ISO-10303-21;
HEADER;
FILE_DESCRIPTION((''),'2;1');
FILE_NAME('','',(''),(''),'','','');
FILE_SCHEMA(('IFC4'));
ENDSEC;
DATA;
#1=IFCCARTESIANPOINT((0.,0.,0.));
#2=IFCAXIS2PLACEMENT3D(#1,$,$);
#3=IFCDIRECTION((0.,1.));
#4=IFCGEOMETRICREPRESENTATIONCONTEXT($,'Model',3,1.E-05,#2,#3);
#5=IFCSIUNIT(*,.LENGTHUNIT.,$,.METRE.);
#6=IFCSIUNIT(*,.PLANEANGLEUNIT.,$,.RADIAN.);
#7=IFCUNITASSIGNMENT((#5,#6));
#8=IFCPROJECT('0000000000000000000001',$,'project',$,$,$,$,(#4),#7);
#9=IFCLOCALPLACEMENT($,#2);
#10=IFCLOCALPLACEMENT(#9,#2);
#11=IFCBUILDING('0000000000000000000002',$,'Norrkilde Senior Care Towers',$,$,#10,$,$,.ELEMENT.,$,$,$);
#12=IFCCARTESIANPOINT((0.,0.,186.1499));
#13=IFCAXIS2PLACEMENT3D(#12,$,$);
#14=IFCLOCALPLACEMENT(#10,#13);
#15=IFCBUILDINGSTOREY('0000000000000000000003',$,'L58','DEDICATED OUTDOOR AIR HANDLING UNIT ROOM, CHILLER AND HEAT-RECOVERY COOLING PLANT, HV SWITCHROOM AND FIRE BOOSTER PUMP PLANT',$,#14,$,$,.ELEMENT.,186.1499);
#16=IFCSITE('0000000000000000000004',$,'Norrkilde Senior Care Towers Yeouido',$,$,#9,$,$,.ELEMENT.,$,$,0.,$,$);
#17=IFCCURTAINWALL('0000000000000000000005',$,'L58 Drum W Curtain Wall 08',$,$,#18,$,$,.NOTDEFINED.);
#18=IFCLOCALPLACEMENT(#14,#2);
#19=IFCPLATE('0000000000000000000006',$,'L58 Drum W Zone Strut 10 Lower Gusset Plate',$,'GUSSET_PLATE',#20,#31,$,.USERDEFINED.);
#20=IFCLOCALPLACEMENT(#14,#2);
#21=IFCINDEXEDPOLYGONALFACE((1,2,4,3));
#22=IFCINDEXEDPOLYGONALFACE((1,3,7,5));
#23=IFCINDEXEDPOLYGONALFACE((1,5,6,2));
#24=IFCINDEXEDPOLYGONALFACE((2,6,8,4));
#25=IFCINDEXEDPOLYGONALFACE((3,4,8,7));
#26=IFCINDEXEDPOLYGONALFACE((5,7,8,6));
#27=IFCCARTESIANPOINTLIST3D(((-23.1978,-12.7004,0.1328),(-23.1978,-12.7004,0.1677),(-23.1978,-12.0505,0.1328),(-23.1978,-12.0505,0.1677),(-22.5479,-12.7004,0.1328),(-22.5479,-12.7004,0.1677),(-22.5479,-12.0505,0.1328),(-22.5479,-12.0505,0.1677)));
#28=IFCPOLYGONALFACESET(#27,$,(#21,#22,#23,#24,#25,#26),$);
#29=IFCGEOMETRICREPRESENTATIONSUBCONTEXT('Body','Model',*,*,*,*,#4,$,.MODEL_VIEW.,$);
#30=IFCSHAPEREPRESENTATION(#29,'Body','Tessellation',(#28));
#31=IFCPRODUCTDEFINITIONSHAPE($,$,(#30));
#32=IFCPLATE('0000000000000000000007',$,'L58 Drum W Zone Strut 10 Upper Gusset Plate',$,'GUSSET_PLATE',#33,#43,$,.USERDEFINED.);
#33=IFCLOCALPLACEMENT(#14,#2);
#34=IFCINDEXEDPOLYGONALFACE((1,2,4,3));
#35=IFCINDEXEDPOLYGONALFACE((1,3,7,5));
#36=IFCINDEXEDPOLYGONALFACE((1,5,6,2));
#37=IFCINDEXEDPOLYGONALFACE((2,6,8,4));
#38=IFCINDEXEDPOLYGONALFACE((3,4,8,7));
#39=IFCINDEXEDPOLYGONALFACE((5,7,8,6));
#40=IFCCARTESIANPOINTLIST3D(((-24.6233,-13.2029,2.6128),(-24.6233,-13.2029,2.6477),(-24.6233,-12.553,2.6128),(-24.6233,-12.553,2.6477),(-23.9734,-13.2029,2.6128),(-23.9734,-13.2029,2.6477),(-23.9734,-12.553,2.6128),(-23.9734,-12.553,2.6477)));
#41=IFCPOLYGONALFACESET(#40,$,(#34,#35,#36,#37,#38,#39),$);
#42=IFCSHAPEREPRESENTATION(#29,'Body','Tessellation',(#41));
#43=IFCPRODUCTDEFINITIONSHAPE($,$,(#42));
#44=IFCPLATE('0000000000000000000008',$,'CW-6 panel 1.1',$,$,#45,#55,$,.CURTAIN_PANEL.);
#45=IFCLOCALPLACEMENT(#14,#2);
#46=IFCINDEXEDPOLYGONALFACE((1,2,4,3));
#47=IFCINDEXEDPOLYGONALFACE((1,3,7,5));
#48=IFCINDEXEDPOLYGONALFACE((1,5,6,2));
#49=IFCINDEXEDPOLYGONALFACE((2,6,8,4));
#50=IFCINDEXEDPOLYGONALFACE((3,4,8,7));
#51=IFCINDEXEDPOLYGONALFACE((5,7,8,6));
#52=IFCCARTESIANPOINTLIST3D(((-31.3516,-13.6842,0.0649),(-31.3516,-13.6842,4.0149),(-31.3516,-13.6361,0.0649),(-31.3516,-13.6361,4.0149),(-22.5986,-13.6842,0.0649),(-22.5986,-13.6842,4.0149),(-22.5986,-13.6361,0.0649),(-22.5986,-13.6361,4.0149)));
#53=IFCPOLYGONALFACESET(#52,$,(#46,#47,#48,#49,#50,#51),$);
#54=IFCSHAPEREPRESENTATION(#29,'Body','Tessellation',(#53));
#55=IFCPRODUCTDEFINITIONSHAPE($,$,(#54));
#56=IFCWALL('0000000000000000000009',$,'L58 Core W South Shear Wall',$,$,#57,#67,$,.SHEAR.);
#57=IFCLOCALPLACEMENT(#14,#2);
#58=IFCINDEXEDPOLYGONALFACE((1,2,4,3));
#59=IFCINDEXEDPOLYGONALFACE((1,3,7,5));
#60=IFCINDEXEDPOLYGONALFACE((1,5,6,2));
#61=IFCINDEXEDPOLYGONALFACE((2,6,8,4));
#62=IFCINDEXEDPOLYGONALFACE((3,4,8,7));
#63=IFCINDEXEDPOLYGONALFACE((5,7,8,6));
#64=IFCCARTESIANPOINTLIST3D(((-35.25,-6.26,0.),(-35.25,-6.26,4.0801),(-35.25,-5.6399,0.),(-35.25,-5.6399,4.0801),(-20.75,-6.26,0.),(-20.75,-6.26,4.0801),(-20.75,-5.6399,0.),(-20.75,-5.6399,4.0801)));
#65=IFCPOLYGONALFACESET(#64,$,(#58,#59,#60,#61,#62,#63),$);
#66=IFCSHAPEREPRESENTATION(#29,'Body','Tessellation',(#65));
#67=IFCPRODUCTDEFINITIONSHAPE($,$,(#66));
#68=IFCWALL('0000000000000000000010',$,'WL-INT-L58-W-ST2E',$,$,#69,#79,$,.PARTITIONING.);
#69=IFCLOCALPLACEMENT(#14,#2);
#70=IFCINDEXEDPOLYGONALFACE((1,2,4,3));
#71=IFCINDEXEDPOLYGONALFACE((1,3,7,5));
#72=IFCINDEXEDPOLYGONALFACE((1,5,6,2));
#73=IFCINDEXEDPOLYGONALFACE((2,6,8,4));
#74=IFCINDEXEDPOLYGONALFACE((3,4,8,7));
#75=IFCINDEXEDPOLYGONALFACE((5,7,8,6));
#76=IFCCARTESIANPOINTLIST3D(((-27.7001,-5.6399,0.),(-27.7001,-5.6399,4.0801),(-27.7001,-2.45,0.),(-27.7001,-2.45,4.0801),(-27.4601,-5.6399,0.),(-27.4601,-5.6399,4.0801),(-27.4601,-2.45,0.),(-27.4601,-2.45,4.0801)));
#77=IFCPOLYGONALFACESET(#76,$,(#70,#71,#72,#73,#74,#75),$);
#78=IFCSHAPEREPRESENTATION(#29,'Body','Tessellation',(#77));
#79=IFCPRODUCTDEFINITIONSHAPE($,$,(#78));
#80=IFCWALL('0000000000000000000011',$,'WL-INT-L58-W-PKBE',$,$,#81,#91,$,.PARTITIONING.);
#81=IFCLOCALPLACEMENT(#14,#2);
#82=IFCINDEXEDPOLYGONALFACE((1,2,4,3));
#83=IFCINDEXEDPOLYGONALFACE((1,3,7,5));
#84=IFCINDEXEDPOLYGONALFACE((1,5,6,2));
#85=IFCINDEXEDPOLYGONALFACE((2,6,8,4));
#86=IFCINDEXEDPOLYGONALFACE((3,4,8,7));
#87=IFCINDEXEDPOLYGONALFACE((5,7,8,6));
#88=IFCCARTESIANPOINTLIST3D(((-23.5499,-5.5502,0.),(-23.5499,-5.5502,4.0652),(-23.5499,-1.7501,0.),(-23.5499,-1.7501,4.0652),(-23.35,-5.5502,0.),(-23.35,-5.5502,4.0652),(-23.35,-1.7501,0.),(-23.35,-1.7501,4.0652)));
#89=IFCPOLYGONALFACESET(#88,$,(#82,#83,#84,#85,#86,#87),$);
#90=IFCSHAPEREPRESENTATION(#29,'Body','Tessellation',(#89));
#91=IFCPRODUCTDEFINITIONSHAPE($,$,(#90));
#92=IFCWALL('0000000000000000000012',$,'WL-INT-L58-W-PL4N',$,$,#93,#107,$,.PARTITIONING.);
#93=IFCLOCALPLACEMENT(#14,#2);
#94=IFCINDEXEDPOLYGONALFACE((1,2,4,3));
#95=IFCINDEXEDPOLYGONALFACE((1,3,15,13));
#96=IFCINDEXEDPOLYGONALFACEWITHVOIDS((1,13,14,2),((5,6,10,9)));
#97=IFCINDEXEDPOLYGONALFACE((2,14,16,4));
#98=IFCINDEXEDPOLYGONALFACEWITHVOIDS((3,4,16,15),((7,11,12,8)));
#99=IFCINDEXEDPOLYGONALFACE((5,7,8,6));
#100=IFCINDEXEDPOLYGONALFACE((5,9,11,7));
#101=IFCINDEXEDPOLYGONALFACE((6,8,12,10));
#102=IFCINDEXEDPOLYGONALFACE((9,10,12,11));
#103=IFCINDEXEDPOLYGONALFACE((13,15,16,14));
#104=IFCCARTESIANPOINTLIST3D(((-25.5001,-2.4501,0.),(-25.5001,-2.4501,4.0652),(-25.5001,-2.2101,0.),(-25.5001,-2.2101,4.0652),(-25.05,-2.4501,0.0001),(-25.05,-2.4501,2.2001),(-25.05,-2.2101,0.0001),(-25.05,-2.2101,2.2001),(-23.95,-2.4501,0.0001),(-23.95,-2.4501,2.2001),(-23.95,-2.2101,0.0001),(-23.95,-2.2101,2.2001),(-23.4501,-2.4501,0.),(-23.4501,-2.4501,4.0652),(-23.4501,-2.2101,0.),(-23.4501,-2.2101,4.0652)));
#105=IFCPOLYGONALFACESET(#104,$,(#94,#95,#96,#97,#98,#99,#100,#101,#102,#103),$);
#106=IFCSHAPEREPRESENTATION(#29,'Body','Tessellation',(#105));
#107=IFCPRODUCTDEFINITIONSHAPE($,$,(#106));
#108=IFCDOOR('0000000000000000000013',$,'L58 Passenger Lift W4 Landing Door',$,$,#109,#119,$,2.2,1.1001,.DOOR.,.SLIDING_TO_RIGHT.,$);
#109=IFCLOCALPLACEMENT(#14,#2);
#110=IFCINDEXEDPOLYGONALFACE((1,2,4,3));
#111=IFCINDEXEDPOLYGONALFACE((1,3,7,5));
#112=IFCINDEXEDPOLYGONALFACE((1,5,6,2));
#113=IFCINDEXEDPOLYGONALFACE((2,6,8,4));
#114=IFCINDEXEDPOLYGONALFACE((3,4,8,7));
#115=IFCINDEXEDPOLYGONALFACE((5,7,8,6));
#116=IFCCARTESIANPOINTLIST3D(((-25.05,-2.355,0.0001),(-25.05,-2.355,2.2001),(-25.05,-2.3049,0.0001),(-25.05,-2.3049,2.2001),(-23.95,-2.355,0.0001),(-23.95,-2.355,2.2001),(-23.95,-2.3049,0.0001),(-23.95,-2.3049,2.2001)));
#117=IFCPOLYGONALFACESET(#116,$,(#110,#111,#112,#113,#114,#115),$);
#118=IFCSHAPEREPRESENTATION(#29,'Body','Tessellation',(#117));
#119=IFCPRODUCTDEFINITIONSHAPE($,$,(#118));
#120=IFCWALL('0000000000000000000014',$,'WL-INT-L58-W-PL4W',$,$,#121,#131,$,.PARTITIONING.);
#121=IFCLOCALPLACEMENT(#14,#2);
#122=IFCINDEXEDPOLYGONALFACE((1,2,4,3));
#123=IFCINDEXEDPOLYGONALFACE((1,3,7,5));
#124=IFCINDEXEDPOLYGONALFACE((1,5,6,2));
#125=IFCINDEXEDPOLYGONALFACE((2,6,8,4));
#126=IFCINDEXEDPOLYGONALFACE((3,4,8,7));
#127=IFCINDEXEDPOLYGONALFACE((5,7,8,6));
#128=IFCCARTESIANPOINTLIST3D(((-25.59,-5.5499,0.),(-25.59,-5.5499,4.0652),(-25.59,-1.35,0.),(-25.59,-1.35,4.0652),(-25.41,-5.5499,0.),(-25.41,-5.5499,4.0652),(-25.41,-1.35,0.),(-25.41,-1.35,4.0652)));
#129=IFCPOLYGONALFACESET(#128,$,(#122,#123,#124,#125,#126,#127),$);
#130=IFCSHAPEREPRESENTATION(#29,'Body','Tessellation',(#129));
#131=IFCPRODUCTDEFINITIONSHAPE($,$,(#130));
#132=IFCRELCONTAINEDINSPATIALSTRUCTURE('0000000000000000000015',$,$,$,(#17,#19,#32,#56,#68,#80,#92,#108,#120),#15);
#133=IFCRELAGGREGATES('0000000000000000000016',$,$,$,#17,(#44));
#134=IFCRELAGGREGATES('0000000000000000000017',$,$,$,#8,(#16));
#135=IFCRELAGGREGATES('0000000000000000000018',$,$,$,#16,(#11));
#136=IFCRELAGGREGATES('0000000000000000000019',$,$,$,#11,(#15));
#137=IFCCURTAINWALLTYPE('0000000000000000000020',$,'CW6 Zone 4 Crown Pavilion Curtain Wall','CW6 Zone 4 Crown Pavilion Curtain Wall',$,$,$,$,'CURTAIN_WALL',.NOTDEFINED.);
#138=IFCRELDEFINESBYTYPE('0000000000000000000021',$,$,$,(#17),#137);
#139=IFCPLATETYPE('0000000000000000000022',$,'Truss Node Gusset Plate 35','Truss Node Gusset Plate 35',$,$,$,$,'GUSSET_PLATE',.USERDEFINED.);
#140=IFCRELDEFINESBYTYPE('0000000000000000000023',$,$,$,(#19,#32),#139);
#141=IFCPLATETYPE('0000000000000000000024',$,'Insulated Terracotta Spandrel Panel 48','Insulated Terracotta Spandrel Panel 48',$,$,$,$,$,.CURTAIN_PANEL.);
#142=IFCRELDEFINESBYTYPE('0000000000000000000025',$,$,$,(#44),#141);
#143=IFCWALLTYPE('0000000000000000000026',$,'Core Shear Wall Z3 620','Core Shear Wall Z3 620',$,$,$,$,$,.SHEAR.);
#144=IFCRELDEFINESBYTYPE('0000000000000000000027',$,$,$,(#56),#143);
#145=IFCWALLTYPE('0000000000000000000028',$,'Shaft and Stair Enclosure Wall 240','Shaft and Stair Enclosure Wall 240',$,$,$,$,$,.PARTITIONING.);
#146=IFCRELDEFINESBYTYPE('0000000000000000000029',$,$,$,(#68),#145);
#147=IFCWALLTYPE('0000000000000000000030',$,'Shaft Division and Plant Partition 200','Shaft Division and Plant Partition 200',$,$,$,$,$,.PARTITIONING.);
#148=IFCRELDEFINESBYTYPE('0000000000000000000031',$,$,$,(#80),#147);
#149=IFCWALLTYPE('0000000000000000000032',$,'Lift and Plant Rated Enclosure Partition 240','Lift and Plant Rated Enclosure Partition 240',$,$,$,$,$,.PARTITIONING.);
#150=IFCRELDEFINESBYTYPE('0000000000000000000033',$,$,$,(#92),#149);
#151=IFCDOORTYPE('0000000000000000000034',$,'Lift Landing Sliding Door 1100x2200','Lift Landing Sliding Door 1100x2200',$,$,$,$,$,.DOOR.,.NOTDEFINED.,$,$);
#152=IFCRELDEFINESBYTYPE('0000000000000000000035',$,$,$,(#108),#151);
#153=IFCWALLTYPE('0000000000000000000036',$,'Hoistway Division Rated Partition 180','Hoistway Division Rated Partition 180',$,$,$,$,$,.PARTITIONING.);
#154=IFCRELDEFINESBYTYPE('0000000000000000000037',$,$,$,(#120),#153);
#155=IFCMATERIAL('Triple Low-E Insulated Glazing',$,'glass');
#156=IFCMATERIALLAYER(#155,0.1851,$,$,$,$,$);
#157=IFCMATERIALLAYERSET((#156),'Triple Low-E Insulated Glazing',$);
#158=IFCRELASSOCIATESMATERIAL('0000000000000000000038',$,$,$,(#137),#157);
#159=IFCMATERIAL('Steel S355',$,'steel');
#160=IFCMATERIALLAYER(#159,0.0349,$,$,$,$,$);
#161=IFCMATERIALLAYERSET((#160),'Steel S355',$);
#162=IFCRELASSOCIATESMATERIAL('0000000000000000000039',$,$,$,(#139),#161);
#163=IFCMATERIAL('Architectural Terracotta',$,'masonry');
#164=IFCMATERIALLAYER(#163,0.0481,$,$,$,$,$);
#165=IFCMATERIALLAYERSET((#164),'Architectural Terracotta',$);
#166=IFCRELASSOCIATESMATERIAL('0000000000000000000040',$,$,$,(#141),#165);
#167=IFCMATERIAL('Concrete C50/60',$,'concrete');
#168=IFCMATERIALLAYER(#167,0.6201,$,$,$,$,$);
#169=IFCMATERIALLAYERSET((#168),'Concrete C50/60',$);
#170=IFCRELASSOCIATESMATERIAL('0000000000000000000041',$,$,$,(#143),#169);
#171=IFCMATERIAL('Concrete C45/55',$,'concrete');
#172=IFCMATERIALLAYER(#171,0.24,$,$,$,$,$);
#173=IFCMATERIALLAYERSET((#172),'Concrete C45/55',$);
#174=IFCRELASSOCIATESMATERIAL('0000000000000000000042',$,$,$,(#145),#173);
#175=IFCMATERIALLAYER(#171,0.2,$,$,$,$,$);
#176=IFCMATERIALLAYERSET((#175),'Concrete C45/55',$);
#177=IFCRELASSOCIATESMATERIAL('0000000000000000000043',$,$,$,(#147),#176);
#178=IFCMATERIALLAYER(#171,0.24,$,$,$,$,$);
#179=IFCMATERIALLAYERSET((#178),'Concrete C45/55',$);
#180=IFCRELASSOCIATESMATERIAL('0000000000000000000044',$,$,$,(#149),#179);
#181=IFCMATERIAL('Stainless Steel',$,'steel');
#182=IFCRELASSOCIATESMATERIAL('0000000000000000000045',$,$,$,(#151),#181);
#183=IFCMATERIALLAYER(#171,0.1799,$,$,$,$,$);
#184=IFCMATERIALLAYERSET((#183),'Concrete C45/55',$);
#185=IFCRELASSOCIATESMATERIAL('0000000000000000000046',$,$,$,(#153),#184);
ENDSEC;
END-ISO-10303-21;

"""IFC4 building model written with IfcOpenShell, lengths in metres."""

from ifc_helpers import new_model, si_unit, direction, frame, frame_2d, origin, origin_2d, place, context, subcontext, project, spatial, rectangle, extrude, source, transform, mapped, material, layer, layer_set, type_object, type_shapes, element, fill, aggregate, save


model = new_model("IFC4")

# Units and contexts
model_context = context("Model", 3, precision=1e-05, world=origin(), true_north=direction((0.0, 1.0)))
body_context = subcontext(model_context, "Body", "Model", "MODEL_VIEW")
ifc_project = project(units=[si_unit("LENGTHUNIT", "METRE"), si_unit("PLANEANGLEUNIT", "RADIAN")], contexts=[model_context])

# Site, building, storey
site_placement = place(None, origin())
site = spatial("IfcSite", under=ifc_project, at=site_placement, Name="Norrkilde Senior Care Towers Yeouido", CompositionType="ELEMENT", RefElevation=0.0)
building_placement = place(site_placement, origin())
building = spatial("IfcBuilding", under=site, at=building_placement, Name="Norrkilde Senior Care Towers", CompositionType="ELEMENT")
storey_placement = place(building_placement, frame((0.0, 0.0, 186.1499)))
storey = spatial("IfcBuildingStorey", under=building, at=storey_placement, Name="L58", Description="DEDICATED OUTDOOR AIR HANDLING UNIT ROOM, CHILLER AND HEAT-RECOVERY COOLING PLANT, HV SWITCHROOM AND FIRE BOOSTER PUMP PLANT", CompositionType="ELEMENT", Elevation=186.1499)

# Shared definitions
ifc_material_1 = material(Name="Concrete C50/60", Category="concrete")

# Shared definitions
ifc_material_2 = material(Name="Steel S355", Category="steel")

# Curtain wall
ifc_material_3 = material(Name="Triple Low-E Insulated Glazing", Category="glass")
ifc_layer_1 = layer(ifc_material_3, 0.1851)
ifc_layer_set_1 = layer_set([ifc_layer_1], Name="Triple Low-E Insulated Glazing")
curtain_wall_type = type_object("IfcCurtainWallType", Name="CW6 Zone 4 Crown Pavilion Curtain Wall", Description="CW6 Zone 4 Crown Pavilion Curtain Wall", ElementType="CURTAIN_WALL", PredefinedType="NOTDEFINED", material=ifc_layer_set_1)
curtain_wall_1_placement = place(storey_placement, origin())
curtain_wall_1 = element("IfcCurtainWall", 1, at=curtain_wall_1_placement, inside=storey, type_object=curtain_wall_type, Name="L58 Drum W Curtain Wall 08", PredefinedType="NOTDEFINED")

# Plates
ifc_layer_2 = layer(ifc_material_2, 0.0349)
ifc_layer_set_2 = layer_set([ifc_layer_2], Name="Steel S355")
plate_type_1 = type_object("IfcPlateType", Name="Truss Node Gusset Plate 35", Description="Truss Node Gusset Plate 35", ElementType="GUSSET_PLATE", PredefinedType="USERDEFINED", material=ifc_layer_set_2)
shared_shape_1 = source(origin(), body_context, "Body", "SweptSolid", [
    extrude(rectangle(XDim=0.6499, YDim=0.6499, at=origin_2d()), origin(), (0.0, 0.0, 1.0), 0.0349),
])
type_shapes(plate_type_1, [shared_shape_1])
for number, where, z_axis, x_axis, name in (
    (2, (-22.8728, -12.3755, 0.1328), (0.0, 0.0, 1.0), (1.0, 0.0, 0.0), "L58 Drum W Zone Strut 10 Lower Gusset Plate"),
    (3, (-24.2983, -12.8779, 2.6128), (0.0, 0.0, 1.0), (1.0, 0.0, 0.0), "L58 Drum W Zone Strut 10 Upper Gusset Plate"),
):
    element("IfcPlate", number, at=place(storey_placement, frame(where, z_axis=z_axis, x_axis=x_axis)), inside=storey, type_object=plate_type_1, Name=name, ObjectType="GUSSET_PLATE", PredefinedType="USERDEFINED", context=body_context, shape_type="MappedRepresentation", body=[
        mapped(shared_shape_1, transform((0.0, 0.0, 0.0), x_axis=(1.0, 0.0, 0.0), y_axis=(0.0, 1.0, 0.0), z_axis=(0.0, 0.0, 1.0), scale=1.0)),
    ])

# Plate
ifc_material_4 = material(Name="Architectural Terracotta", Category="masonry")
ifc_layer_3 = layer(ifc_material_4, 0.0481)
ifc_layer_set_3 = layer_set([ifc_layer_3], Name="Architectural Terracotta")
plate_type_2 = type_object("IfcPlateType", Name="Insulated Terracotta Spandrel Panel 48", Description="Insulated Terracotta Spandrel Panel 48", PredefinedType="CURTAIN_PANEL", material=ifc_layer_set_3)
shared_shape_2 = source(origin(), body_context, "Body", "SweptSolid", [
    extrude(rectangle(XDim=8.7529, YDim=0.0481, at=origin_2d()), origin(), (0.0, 0.0, 1.0), 3.95),
])
type_shapes(plate_type_2, [shared_shape_2])
plate_placement = place(storey_placement, frame((-26.9751, -13.6602, 0.0649), z_axis=(0.0, 0.0, 1.0), x_axis=(-1.0, 0.0, 0.0)))
plate = element("IfcPlate", 4, at=plate_placement, type_object=plate_type_2, Name="CW-6 panel 1.1", PredefinedType="CURTAIN_PANEL", context=body_context, shape_type="MappedRepresentation", body=[
    mapped(shared_shape_2, transform((0.0, 0.0, 0.0), x_axis=(1.0, 0.0, 0.0), y_axis=(0.0, 1.0, 0.0), z_axis=(0.0, 0.0, 1.0), scale=1.0)),
])
aggregate(curtain_wall_1, [plate])

# Walls
ifc_layer_4 = layer(ifc_material_1, 0.6201)
ifc_layer_set_4 = layer_set([ifc_layer_4], Name="Concrete C50/60")
wall_type_1 = type_object("IfcWallType", Name="Core Shear Wall Z3 620", Description="Core Shear Wall Z3 620", PredefinedType="SHEAR", material=ifc_layer_set_4)
shared_shape_3 = source(origin(), body_context, "Body", "SweptSolid", [
    extrude(rectangle(XDim=14.5, YDim=0.6201, at=frame_2d((7.25, 0.0))), origin(), (0.0, 0.0, 1.0), 4.0801),
])
type_shapes(wall_type_1, [shared_shape_3])
wall_1_placement = place(storey_placement, frame((-20.75, -5.95, 0.0), z_axis=(0.0, 0.0, 1.0), x_axis=(-1.0, 0.0, 0.0)))
element("IfcWall", 5, at=wall_1_placement, inside=storey, type_object=wall_type_1, Name="L58 Core W South Shear Wall", PredefinedType="SHEAR", context=body_context, shape_type="MappedRepresentation", body=[
    mapped(shared_shape_3, transform((0.0, 0.0, 0.0), x_axis=(1.0, 0.0, 0.0), y_axis=(0.0, 1.0, 0.0), z_axis=(0.0, 0.0, 1.0), scale=1.0)),
])
ifc_material_5 = material(Name="Concrete C45/55", Category="concrete")
ifc_layer_5 = layer(ifc_material_5, 0.24)
ifc_layer_set_5 = layer_set([ifc_layer_5], Name="Concrete C45/55")
wall_type_2 = type_object("IfcWallType", Name="Shaft and Stair Enclosure Wall 240", Description="Shaft and Stair Enclosure Wall 240", PredefinedType="PARTITIONING", material=ifc_layer_set_5)
shared_shape_4 = source(origin(), body_context, "Body", "SweptSolid", [
    extrude(rectangle(XDim=3.1899, YDim=0.24, at=frame_2d((1.595, 0.0))), origin(), (0.0, 0.0, 1.0), 4.0801),
])
type_shapes(wall_type_2, [shared_shape_4])
wall_2_placement = place(storey_placement, frame((-27.5801, -5.6399, 0.0), z_axis=(0.0, 0.0, 1.0), x_axis=(0.0, 1.0, 0.0)))
element("IfcWall", 6, at=wall_2_placement, inside=storey, type_object=wall_type_2, Name="WL-INT-L58-W-ST2E", PredefinedType="PARTITIONING", context=body_context, shape_type="MappedRepresentation", body=[
    mapped(shared_shape_4, transform((0.0, 0.0, 0.0), x_axis=(1.0, 0.0, 0.0), y_axis=(0.0, 1.0, 0.0), z_axis=(0.0, 0.0, 1.0), scale=1.0)),
])
ifc_layer_6 = layer(ifc_material_5, 0.2)
ifc_layer_set_6 = layer_set([ifc_layer_6], Name="Concrete C45/55")
wall_type_3 = type_object("IfcWallType", Name="Shaft Division and Plant Partition 200", Description="Shaft Division and Plant Partition 200", PredefinedType="PARTITIONING", material=ifc_layer_set_6)
shared_shape_5 = source(origin(), body_context, "Body", "SweptSolid", [
    extrude(rectangle(XDim=3.8, YDim=0.2, at=frame_2d((1.8999, 0.0))), origin(), (0.0, 0.0, 1.0), 4.0652),
])
type_shapes(wall_type_3, [shared_shape_5])
wall_3_placement = place(storey_placement, frame((-23.45, -5.55, 0.0), z_axis=(0.0, 0.0, 1.0), x_axis=(0.0, 1.0, 0.0)))
element("IfcWall", 7, at=wall_3_placement, inside=storey, type_object=wall_type_3, Name="WL-INT-L58-W-PKBE", PredefinedType="PARTITIONING", context=body_context, shape_type="MappedRepresentation", body=[
    mapped(shared_shape_5, transform((0.0, 0.0, 0.0), x_axis=(1.0, 0.0, 0.0), y_axis=(0.0, 1.0, 0.0), z_axis=(0.0, 0.0, 1.0), scale=1.0)),
])

# Wall, opening, door
ifc_layer_7 = layer(ifc_material_5, 0.24)
ifc_layer_set_7 = layer_set([ifc_layer_7], Name="Concrete C45/55")
wall_type_4 = type_object("IfcWallType", Name="Lift and Plant Rated Enclosure Partition 240", Description="Lift and Plant Rated Enclosure Partition 240", PredefinedType="PARTITIONING", material=ifc_layer_set_7)
shared_shape_6 = source(origin(), body_context, "Body", "SweptSolid", [
    extrude(rectangle(XDim=2.05, YDim=0.24, at=frame_2d((1.0249, 0.0))), origin(), (0.0, 0.0, 1.0), 4.0652),
])
type_shapes(wall_type_4, [shared_shape_6])
wall_4_placement = place(storey_placement, frame((-25.5, -2.3301, 0.0), z_axis=(0.0, 0.0, 1.0), x_axis=(1.0, 0.0, 0.0)))
wall_4 = element("IfcWall", 8, at=wall_4_placement, inside=storey, type_object=wall_type_4, Name="WL-INT-L58-W-PL4N", PredefinedType="PARTITIONING", context=body_context, shape_type="MappedRepresentation", body=[
    mapped(shared_shape_6, transform((0.0, 0.0, 0.0), x_axis=(1.0, 0.0, 0.0), y_axis=(0.0, 1.0, 0.0), z_axis=(0.0, 0.0, 1.0), scale=1.0)),
])
opening_1_placement = place(wall_4_placement, frame((0.45, 0.0, 0.0)))
opening_1 = element("IfcOpeningElement", 9, at=opening_1_placement, cuts=wall_4, PredefinedType="OPENING", context=body_context, shape_type="SweptSolid", body=[
    extrude(rectangle(XDim=1.1001, YDim=2.2, at=frame_2d((0.55, 1.1001))), frame((0.0, 0.1299, 0.0), z_axis=(0.0, -1.0, 0.0), x_axis=(1.0, 0.0, 0.0)), (0.0, 0.0, 1.0), 0.26),
])
ifc_material_6 = material(Name="Stainless Steel", Category="steel")
door_type_1 = type_object("IfcDoorType", Name="Lift Landing Sliding Door 1100x2200", Description="Lift Landing Sliding Door 1100x2200", OperationType="NOTDEFINED", PredefinedType="DOOR", material=ifc_material_6)
shared_shape_7 = source(origin(), body_context, "Body", "SweptSolid", [
    extrude(rectangle(XDim=1.1001, YDim=2.2, at=frame_2d((0.55, 1.1001))), frame((0.0, 0.0249, 0.0), z_axis=(0.0, -1.0, 0.0), x_axis=(1.0, 0.0, 0.0)), (0.0, 0.0, 1.0), 0.05),
])
type_shapes(door_type_1, [shared_shape_7])
door_1_placement = place(opening_1_placement, frame((1.1001, 0.0, 0.0), z_axis=(0.0, 0.0, 1.0), x_axis=(-1.0, 0.0, 0.0)))
door_1 = element("IfcDoor", 10, at=door_1_placement, inside=storey, type_object=door_type_1, Name="L58 Passenger Lift W4 Landing Door", OperationType="SLIDING_TO_RIGHT", OverallHeight=2.2, OverallWidth=1.1001, PredefinedType="DOOR", context=body_context, shape_type="MappedRepresentation", body=[
    mapped(shared_shape_7, transform((0.0, 0.0, 0.0), x_axis=(1.0, 0.0, 0.0), y_axis=(0.0, 1.0, 0.0), z_axis=(0.0, 0.0, 1.0), scale=1.0)),
])
fill(opening_1, door_1)

# Wall
ifc_layer_8 = layer(ifc_material_5, 0.1799)
ifc_layer_set_8 = layer_set([ifc_layer_8], Name="Concrete C45/55")
wall_type_5 = type_object("IfcWallType", Name="Hoistway Division Rated Partition 180", Description="Hoistway Division Rated Partition 180", PredefinedType="PARTITIONING", material=ifc_layer_set_8)
shared_shape_8 = source(origin(), body_context, "Body", "SweptSolid", [
    extrude(rectangle(XDim=4.2, YDim=0.1799, at=frame_2d((2.1001, 0.0))), origin(), (0.0, 0.0, 1.0), 4.0652),
])
type_shapes(wall_type_5, [shared_shape_8])
wall_5_placement = place(storey_placement, frame((-25.5, -5.55, 0.0), z_axis=(0.0, 0.0, 1.0), x_axis=(0.0, 1.0, 0.0)))
element("IfcWall", 11, at=wall_5_placement, inside=storey, type_object=wall_type_5, Name="WL-INT-L58-W-PL4W", PredefinedType="PARTITIONING", context=body_context, shape_type="MappedRepresentation", body=[
    mapped(shared_shape_8, transform((0.0, 0.0, 0.0), x_axis=(1.0, 0.0, 0.0), y_axis=(0.0, 1.0, 0.0), z_axis=(0.0, 0.0, 1.0), scale=1.0)),
])

save(model, "model.ifc")
